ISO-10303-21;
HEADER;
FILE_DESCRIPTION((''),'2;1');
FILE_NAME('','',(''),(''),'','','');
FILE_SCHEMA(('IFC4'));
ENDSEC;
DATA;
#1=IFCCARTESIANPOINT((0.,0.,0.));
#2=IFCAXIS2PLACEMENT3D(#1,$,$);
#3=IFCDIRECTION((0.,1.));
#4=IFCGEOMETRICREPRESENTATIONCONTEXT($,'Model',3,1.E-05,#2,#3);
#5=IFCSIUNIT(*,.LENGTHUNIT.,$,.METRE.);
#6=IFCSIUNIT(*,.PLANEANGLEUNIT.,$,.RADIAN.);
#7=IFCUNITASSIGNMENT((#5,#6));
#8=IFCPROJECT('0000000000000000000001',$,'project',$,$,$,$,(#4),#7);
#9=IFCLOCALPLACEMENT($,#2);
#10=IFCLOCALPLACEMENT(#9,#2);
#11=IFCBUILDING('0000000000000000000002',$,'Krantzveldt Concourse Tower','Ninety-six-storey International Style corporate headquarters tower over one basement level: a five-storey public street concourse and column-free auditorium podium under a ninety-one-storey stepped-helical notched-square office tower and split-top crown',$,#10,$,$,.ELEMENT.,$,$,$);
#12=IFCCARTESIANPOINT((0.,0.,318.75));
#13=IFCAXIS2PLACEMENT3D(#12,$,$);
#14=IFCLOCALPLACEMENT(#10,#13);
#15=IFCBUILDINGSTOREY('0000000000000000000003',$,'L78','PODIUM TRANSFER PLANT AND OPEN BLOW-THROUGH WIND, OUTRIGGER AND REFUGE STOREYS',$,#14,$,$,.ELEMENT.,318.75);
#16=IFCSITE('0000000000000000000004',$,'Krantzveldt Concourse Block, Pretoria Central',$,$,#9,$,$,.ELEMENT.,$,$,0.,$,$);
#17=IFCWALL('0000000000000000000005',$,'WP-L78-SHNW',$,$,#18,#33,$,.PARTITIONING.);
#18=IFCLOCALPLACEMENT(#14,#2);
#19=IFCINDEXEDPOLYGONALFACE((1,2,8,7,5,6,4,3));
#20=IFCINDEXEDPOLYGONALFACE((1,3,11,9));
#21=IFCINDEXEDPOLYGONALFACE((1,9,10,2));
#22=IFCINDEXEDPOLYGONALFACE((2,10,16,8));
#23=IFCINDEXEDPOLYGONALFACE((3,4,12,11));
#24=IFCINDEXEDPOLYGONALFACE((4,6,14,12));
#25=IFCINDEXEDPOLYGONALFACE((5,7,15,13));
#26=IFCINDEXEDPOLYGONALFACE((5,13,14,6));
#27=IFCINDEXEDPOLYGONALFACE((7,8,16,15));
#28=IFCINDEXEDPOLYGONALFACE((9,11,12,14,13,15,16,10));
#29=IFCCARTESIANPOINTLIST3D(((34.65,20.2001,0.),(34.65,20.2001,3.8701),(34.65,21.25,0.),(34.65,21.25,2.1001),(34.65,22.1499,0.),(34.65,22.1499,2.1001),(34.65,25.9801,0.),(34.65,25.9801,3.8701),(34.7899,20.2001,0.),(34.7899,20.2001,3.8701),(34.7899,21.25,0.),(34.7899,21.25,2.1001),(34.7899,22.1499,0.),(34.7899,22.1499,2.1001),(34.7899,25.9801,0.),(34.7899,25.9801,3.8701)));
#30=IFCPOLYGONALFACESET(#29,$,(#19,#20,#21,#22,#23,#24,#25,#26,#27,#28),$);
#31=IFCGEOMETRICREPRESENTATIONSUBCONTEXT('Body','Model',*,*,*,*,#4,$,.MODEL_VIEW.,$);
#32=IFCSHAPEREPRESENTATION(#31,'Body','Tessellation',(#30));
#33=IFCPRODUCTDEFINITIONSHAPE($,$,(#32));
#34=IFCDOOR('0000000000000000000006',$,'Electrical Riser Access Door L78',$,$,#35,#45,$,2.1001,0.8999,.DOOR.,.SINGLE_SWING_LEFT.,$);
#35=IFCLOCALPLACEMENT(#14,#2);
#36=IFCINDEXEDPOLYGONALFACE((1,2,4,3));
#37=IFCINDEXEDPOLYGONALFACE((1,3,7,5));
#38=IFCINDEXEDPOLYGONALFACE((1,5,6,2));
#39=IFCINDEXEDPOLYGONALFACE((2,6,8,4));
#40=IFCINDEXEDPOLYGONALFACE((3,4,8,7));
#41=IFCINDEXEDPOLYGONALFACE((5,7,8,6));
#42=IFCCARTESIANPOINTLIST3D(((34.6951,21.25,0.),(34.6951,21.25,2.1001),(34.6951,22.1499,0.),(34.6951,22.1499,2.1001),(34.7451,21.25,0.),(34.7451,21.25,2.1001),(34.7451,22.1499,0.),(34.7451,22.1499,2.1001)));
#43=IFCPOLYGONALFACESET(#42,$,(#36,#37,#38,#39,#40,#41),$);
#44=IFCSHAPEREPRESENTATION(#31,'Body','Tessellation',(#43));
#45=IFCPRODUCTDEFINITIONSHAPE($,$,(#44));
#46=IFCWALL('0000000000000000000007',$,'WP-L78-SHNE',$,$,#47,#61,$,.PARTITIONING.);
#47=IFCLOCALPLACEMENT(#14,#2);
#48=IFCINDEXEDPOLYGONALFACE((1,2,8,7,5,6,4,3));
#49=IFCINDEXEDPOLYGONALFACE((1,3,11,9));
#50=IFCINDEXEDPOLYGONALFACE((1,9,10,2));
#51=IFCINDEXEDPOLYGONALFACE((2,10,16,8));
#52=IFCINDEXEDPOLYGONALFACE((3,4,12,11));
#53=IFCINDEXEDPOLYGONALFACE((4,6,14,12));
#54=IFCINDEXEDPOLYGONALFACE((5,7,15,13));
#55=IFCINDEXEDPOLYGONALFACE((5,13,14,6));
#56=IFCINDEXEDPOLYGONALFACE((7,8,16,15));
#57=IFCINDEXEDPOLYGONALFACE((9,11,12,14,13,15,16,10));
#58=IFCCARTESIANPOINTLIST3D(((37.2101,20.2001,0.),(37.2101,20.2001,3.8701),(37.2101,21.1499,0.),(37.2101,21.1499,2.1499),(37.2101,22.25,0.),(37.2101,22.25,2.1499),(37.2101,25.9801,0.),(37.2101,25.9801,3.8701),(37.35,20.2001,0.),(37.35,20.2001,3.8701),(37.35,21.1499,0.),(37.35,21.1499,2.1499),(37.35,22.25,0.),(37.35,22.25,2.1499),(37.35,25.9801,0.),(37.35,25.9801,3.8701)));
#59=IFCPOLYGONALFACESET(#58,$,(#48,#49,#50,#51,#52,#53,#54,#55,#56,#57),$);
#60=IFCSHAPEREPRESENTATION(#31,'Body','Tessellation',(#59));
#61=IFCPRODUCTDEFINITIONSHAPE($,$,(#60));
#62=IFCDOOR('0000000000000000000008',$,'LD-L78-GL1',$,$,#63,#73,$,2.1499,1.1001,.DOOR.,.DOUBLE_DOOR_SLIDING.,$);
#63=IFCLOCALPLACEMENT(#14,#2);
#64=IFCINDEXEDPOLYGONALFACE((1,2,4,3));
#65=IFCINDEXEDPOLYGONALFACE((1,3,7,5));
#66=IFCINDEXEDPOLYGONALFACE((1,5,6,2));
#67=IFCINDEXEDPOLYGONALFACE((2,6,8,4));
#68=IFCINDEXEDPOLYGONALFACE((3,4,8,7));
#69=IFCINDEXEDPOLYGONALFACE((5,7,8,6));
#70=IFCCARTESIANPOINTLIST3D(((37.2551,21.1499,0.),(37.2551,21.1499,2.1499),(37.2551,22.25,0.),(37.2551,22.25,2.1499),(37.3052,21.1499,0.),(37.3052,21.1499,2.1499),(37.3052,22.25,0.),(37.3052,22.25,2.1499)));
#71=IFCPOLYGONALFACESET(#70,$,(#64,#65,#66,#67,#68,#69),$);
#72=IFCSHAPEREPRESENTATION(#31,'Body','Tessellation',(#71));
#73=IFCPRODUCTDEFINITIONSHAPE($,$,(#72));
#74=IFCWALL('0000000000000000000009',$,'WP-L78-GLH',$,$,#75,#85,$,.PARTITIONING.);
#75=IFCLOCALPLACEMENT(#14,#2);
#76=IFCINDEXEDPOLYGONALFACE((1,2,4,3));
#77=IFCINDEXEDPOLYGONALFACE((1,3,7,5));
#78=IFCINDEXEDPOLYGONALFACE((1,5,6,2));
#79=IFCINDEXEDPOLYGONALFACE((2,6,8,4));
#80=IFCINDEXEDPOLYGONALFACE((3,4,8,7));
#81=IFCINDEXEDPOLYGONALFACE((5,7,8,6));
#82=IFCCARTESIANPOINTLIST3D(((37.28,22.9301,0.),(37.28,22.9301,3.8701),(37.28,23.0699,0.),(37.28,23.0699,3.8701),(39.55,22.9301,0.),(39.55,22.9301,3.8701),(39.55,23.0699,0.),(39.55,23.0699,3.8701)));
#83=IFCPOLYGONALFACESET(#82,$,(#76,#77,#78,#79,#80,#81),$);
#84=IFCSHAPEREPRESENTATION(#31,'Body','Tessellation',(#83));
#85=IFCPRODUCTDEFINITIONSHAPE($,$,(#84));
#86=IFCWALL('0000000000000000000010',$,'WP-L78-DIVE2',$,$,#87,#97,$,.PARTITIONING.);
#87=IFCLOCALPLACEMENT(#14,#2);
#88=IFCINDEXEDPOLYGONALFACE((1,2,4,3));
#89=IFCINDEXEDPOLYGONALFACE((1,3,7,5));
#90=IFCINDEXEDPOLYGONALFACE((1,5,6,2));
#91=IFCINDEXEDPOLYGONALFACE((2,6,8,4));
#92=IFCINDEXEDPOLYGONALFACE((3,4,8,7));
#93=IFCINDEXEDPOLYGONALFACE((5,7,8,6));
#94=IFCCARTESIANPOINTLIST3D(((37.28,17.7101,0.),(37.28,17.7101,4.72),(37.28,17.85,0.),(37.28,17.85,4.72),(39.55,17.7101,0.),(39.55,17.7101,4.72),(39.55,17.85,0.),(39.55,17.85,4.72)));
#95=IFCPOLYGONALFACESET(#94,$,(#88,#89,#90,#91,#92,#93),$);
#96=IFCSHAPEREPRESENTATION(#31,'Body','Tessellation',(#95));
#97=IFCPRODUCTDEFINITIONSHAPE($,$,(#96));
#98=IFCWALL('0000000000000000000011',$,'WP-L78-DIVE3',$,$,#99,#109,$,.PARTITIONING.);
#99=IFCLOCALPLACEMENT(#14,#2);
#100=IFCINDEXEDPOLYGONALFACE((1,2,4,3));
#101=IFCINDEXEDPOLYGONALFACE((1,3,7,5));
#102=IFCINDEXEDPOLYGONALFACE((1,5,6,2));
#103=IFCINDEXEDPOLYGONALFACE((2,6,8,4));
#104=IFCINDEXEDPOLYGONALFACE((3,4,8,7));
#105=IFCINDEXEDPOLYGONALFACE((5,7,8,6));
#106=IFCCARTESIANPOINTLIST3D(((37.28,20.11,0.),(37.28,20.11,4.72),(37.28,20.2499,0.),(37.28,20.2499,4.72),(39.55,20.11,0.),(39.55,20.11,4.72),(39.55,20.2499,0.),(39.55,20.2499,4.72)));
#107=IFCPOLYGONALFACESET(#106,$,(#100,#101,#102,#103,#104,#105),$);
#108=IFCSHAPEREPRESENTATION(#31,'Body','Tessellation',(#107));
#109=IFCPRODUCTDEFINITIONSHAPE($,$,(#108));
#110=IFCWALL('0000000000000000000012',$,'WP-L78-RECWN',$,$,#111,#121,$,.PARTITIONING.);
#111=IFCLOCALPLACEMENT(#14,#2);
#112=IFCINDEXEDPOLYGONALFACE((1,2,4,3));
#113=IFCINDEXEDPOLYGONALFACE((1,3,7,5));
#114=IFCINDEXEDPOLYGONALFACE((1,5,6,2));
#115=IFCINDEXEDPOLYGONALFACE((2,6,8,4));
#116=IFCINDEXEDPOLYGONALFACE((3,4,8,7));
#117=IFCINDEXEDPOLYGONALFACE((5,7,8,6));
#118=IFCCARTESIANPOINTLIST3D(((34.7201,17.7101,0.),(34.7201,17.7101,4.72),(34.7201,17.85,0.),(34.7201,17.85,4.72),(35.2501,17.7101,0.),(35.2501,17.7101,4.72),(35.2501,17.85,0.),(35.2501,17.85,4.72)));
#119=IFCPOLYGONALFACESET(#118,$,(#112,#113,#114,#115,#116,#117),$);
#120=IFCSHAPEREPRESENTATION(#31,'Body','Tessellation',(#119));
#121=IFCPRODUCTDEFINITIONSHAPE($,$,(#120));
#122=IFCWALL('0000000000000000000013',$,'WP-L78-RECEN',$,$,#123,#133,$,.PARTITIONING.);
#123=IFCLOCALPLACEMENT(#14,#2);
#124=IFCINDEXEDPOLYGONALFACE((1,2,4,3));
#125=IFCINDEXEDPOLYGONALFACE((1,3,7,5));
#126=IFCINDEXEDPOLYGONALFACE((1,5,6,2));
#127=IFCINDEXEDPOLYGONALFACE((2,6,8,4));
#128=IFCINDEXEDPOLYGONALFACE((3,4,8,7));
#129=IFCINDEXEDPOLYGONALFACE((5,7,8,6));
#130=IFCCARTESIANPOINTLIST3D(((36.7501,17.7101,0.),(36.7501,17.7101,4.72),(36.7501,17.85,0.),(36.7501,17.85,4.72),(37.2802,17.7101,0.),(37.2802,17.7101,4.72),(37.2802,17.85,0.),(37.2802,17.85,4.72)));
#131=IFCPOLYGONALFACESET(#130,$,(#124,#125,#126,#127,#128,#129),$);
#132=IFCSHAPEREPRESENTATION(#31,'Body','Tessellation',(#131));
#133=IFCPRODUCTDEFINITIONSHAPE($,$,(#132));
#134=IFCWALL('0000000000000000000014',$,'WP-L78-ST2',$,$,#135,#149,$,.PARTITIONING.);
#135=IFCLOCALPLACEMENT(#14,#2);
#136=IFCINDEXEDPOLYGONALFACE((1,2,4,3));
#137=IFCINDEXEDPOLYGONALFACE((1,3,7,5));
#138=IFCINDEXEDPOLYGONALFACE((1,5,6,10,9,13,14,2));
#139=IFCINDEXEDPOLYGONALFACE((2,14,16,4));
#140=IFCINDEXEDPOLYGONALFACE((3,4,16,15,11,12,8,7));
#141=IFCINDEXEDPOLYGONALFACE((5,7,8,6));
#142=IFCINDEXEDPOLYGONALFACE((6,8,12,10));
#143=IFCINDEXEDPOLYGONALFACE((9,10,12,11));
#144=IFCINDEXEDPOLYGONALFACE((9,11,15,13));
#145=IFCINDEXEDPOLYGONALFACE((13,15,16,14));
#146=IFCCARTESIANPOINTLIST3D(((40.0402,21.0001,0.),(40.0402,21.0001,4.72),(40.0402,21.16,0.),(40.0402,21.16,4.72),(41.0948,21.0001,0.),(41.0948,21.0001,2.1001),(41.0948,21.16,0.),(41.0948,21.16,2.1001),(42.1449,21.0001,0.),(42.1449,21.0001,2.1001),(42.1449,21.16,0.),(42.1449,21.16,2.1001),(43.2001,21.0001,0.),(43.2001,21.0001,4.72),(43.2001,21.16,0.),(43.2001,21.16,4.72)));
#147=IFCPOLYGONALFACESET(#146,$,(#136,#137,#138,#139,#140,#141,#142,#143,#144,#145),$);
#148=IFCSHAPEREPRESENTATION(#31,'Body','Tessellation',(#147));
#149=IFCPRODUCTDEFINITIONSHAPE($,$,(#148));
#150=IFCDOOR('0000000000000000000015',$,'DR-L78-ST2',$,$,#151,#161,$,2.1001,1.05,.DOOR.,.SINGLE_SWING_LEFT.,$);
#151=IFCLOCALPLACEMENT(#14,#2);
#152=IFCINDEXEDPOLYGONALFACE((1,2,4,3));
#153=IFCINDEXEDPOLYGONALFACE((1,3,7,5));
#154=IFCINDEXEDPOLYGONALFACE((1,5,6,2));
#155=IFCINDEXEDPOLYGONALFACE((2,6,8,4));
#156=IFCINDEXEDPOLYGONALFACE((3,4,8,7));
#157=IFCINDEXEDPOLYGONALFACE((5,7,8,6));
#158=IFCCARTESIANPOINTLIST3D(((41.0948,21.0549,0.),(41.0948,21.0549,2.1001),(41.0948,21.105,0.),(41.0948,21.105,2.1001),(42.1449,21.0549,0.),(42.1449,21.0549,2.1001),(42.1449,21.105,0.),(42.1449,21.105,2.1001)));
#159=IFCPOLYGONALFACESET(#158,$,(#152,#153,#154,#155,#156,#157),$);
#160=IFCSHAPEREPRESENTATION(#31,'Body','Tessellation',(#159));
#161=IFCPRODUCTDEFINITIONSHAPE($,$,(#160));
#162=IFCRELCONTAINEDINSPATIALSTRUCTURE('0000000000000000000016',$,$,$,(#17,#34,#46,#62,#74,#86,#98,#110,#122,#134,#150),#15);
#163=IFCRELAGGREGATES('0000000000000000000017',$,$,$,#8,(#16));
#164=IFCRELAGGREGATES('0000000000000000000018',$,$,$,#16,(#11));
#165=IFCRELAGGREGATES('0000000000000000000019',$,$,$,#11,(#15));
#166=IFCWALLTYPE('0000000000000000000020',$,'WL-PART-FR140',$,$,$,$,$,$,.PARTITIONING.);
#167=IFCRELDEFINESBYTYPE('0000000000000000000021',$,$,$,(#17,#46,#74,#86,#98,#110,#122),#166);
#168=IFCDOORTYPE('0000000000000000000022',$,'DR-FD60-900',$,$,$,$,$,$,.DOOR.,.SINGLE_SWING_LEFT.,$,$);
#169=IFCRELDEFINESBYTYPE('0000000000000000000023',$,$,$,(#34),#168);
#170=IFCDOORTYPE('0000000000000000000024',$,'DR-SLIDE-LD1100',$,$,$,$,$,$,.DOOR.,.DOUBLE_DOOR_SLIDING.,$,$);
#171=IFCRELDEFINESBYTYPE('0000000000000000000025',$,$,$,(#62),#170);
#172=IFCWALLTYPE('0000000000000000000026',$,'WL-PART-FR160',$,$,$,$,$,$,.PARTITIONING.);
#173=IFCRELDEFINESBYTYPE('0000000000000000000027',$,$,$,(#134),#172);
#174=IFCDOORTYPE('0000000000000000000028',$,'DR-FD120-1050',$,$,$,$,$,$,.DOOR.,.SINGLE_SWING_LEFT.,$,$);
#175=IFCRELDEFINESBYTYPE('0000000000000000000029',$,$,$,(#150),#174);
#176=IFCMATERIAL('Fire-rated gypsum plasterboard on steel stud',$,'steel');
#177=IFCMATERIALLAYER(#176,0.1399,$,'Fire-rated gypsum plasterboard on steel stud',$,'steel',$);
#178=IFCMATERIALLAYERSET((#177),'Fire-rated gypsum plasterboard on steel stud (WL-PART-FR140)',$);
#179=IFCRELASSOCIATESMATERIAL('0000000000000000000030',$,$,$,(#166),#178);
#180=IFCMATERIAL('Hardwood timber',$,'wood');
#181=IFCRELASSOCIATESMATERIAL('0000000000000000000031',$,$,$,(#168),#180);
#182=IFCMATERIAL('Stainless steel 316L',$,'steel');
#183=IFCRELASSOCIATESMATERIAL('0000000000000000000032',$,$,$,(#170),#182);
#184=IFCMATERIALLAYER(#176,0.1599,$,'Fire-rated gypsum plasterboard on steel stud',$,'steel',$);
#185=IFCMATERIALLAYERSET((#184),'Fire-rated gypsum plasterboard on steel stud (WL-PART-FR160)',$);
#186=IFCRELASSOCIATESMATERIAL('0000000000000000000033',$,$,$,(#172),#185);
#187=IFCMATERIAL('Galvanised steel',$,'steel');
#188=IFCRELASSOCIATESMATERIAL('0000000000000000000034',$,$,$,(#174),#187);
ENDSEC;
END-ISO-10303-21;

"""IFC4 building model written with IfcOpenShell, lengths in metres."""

from ifc_helpers import new_model, si_unit, direction, frame, frame_2d, origin, place, context, subcontext, project, spatial, rectangle, extrude, material, layer, layer_set, type_object, element, fill, save


model = new_model("IFC4")

# Units and contexts
model_context = context("Model", 3, precision=1e-05, world=origin(), true_north=direction((0.0, 1.0)))
body_context = subcontext(model_context, "Body", "Model", "MODEL_VIEW")
ifc_project = project(units=[si_unit("LENGTHUNIT", "METRE"), si_unit("PLANEANGLEUNIT", "RADIAN")], contexts=[model_context])

# Site, building, storey
site_placement = place(None, origin())
site = spatial("IfcSite", under=ifc_project, at=site_placement, Name="Krantzveldt Concourse Block, Pretoria Central", CompositionType="ELEMENT", RefElevation=0.0)
building_placement = place(site_placement, origin())
building = spatial("IfcBuilding", under=site, at=building_placement, Name="Krantzveldt Concourse Tower", Description="Ninety-six-storey International Style corporate headquarters tower over one basement level: a five-storey public street concourse and column-free auditorium podium under a ninety-one-storey stepped-helical notched-square office tower and split-top crown", CompositionType="ELEMENT")
storey_placement = place(building_placement, frame((0.0, 0.0, 318.75)))
storey = spatial("IfcBuildingStorey", under=building, at=storey_placement, Name="L78", Description="PODIUM TRANSFER PLANT AND OPEN BLOW-THROUGH WIND, OUTRIGGER AND REFUGE STOREYS", CompositionType="ELEMENT", Elevation=318.75)

# Walls, openings, doors
ifc_material_1 = material(Name="Fire-rated gypsum plasterboard on steel stud", Category="steel")
ifc_layer_1 = layer(ifc_material_1, 0.1399, Name="Fire-rated gypsum plasterboard on steel stud", Category="steel")
ifc_layer_set_1 = layer_set([ifc_layer_1], Name="Fire-rated gypsum plasterboard on steel stud (WL-PART-FR140)")
wall_type_1 = type_object("IfcWallType", Name="WL-PART-FR140", PredefinedType="PARTITIONING", material=ifc_layer_set_1)
wall_1_placement = place(storey_placement, frame((34.72, 20.2, 0.0), z_axis=(0.0, 0.0, 1.0), x_axis=(0.0, 1.0, 0.0)))
wall_1 = element("IfcWall", 1, at=wall_1_placement, inside=storey, type_object=wall_type_1, Name="WP-L78-SHNW", PredefinedType="PARTITIONING", context=body_context, shape_type="SweptSolid", body=[
    extrude(rectangle(XDim=5.78, YDim=0.1399, at=frame_2d((2.8901, 0.0))), origin(), (0.0, 0.0, 1.0), 3.8701),
])
opening_1_placement = place(wall_1_placement, frame((1.05, 0.0, 0.0)))
opening_1 = element("IfcOpeningElement", 2, at=opening_1_placement, cuts=wall_1, PredefinedType="OPENING", context=body_context, shape_type="SweptSolid", body=[
    extrude(rectangle(XDim=0.8999, YDim=2.1001, at=frame_2d((0.45, 1.05))), frame((0.0, 0.0801, 0.0), z_axis=(0.0, -1.0, 0.0), x_axis=(1.0, 0.0, 0.0)), (0.0, 0.0, 1.0), 0.1599),
])
ifc_material_2 = material(Name="Hardwood timber", Category="wood")
door_type_1 = type_object("IfcDoorType", Name="DR-FD60-900", OperationType="SINGLE_SWING_LEFT", PredefinedType="DOOR", material=ifc_material_2)
door_1_placement = place(opening_1_placement, origin())
door_1 = element("IfcDoor", 3, at=door_1_placement, inside=storey, type_object=door_type_1, Name="Electrical Riser Access Door L78", OperationType="SINGLE_SWING_LEFT", OverallHeight=2.1001, OverallWidth=0.8999, PredefinedType="DOOR", context=body_context, shape_type="SweptSolid", body=[
    extrude(rectangle(XDim=0.8999, YDim=2.1001, at=frame_2d((0.45, 1.05))), frame((0.0, 0.0249, 0.0), z_axis=(0.0, -1.0, 0.0), x_axis=(1.0, 0.0, 0.0)), (0.0, 0.0, 1.0), 0.05),
])
fill(opening_1, door_1)
wall_2_placement = place(storey_placement, frame((37.28, 20.2, 0.0), z_axis=(0.0, 0.0, 1.0), x_axis=(0.0, 1.0, 0.0)))
wall_2 = element("IfcWall", 4, at=wall_2_placement, inside=storey, type_object=wall_type_1, Name="WP-L78-SHNE", PredefinedType="PARTITIONING", context=body_context, shape_type="SweptSolid", body=[
    extrude(rectangle(XDim=5.78, YDim=0.1399, at=frame_2d((2.8901, 0.0))), origin(), (0.0, 0.0, 1.0), 3.8701),
])
opening_2_placement = place(wall_2_placement, frame((0.95, 0.0, 0.0)))
opening_2 = element("IfcOpeningElement", 5, at=opening_2_placement, cuts=wall_2, PredefinedType="OPENING", context=body_context, shape_type="SweptSolid", body=[
    extrude(rectangle(XDim=1.1001, YDim=2.1499, at=frame_2d((0.55, 1.075))), frame((0.0, 0.0801, 0.0), z_axis=(0.0, -1.0, 0.0), x_axis=(1.0, 0.0, 0.0)), (0.0, 0.0, 1.0), 0.1599),
])
ifc_material_3 = material(Name="Stainless steel 316L", Category="steel")
door_type_2 = type_object("IfcDoorType", Name="DR-SLIDE-LD1100", OperationType="DOUBLE_DOOR_SLIDING", PredefinedType="DOOR", material=ifc_material_3)
door_2_placement = place(opening_2_placement, origin())
door_2 = element("IfcDoor", 6, at=door_2_placement, inside=storey, type_object=door_type_2, Name="LD-L78-GL1", OperationType="DOUBLE_DOOR_SLIDING", OverallHeight=2.1499, OverallWidth=1.1001, PredefinedType="DOOR", context=body_context, shape_type="SweptSolid", body=[
    extrude(rectangle(XDim=1.1001, YDim=2.1499, at=frame_2d((0.55, 1.075))), frame((0.0, 0.0249, 0.0), z_axis=(0.0, -1.0, 0.0), x_axis=(1.0, 0.0, 0.0)), (0.0, 0.0, 1.0), 0.05),
])
fill(opening_2, door_2)

# Wall
wall_3_placement = place(storey_placement, frame((37.28, 23.0, 0.0), z_axis=(0.0, 0.0, 1.0), x_axis=(1.0, 0.0, 0.0)))
element("IfcWall", 7, at=wall_3_placement, inside=storey, type_object=wall_type_1, Name="WP-L78-GLH", PredefinedType="PARTITIONING", context=body_context, shape_type="SweptSolid", body=[
    extrude(rectangle(XDim=2.27, YDim=0.1399, at=frame_2d((1.135, 0.0))), origin(), (0.0, 0.0, 1.0), 3.8701),
])

# Walls
for number, where, z_axis, x_axis, name in (
    (8, (37.28, 17.78, 0.0), (0.0, 0.0, 1.0), (1.0, 0.0, 0.0), "WP-L78-DIVE2"),
    (9, (37.28, 20.1799, 0.0), (0.0, 0.0, 1.0), (1.0, 0.0, 0.0), "WP-L78-DIVE3"),
):
    element("IfcWall", number, at=place(storey_placement, frame(where, z_axis=z_axis, x_axis=x_axis)), inside=storey, type_object=wall_type_1, Name=name, PredefinedType="PARTITIONING", context=body_context, shape_type="SweptSolid", body=[
        extrude(rectangle(XDim=2.27, YDim=0.1399, at=frame_2d((1.135, 0.0))), origin(), (0.0, 0.0, 1.0), 4.72),
    ])
for number, where, z_axis, x_axis, name in (
    (10, (34.72, 17.78, 0.0), (0.0, 0.0, 1.0), (1.0, 0.0, 0.0), "WP-L78-RECWN"),
    (11, (36.75, 17.78, 0.0), (0.0, 0.0, 1.0), (1.0, 0.0, 0.0), "WP-L78-RECEN"),
):
    element("IfcWall", number, at=place(storey_placement, frame(where, z_axis=z_axis, x_axis=x_axis)), inside=storey, type_object=wall_type_1, Name=name, PredefinedType="PARTITIONING", context=body_context, shape_type="SweptSolid", body=[
        extrude(rectangle(XDim=0.53, YDim=0.1399, at=frame_2d((0.2651, 0.0))), origin(), (0.0, 0.0, 1.0), 4.72),
    ])

# Wall, opening, door
ifc_layer_2 = layer(ifc_material_1, 0.1599, Name="Fire-rated gypsum plasterboard on steel stud", Category="steel")
ifc_layer_set_2 = layer_set([ifc_layer_2], Name="Fire-rated gypsum plasterboard on steel stud (WL-PART-FR160)")
wall_type_2 = type_object("IfcWallType", Name="WL-PART-FR160", PredefinedType="PARTITIONING", material=ifc_layer_set_2)
wall_4_placement = place(storey_placement, frame((40.04, 21.0801, 0.0), z_axis=(0.0, 0.0, 1.0), x_axis=(1.0, 0.0, 0.0)))
wall_4 = element("IfcWall", 12, at=wall_4_placement, inside=storey, type_object=wall_type_2, Name="WP-L78-ST2", PredefinedType="PARTITIONING", context=body_context, shape_type="SweptSolid", body=[
    extrude(rectangle(XDim=3.1599, YDim=0.1599, at=frame_2d((1.5801, 0.0))), origin(), (0.0, 0.0, 1.0), 4.72),
])
opening_3_placement = place(wall_4_placement, frame((1.0549, 0.0, 0.0)))
opening_3 = element("IfcOpeningElement", 13, at=opening_3_placement, cuts=wall_4, PredefinedType="OPENING", context=body_context, shape_type="SweptSolid", body=[
    extrude(rectangle(XDim=1.05, YDim=2.1001, at=frame_2d((0.5249, 1.05))), frame((0.0, 0.0898, 0.0), z_axis=(0.0, -1.0, 0.0), x_axis=(1.0, 0.0, 0.0)), (0.0, 0.0, 1.0), 0.1799),
])
ifc_material_4 = material(Name="Galvanised steel", Category="steel")
door_type_3 = type_object("IfcDoorType", Name="DR-FD120-1050", OperationType="SINGLE_SWING_LEFT", PredefinedType="DOOR", material=ifc_material_4)
door_3_placement = place(opening_3_placement, origin())
door_3 = element("IfcDoor", 14, at=door_3_placement, inside=storey, type_object=door_type_3, Name="DR-L78-ST2", OperationType="SINGLE_SWING_LEFT", OverallHeight=2.1001, OverallWidth=1.05, PredefinedType="DOOR", context=body_context, shape_type="SweptSolid", body=[
    extrude(rectangle(XDim=1.05, YDim=2.1001, at=frame_2d((0.5249, 1.05))), frame((0.0, 0.0249, 0.0), z_axis=(0.0, -1.0, 0.0), x_axis=(1.0, 0.0, 0.0)), (0.0, 0.0, 1.0), 0.05),
])
fill(opening_3, door_3)

save(model, "model.ifc")
